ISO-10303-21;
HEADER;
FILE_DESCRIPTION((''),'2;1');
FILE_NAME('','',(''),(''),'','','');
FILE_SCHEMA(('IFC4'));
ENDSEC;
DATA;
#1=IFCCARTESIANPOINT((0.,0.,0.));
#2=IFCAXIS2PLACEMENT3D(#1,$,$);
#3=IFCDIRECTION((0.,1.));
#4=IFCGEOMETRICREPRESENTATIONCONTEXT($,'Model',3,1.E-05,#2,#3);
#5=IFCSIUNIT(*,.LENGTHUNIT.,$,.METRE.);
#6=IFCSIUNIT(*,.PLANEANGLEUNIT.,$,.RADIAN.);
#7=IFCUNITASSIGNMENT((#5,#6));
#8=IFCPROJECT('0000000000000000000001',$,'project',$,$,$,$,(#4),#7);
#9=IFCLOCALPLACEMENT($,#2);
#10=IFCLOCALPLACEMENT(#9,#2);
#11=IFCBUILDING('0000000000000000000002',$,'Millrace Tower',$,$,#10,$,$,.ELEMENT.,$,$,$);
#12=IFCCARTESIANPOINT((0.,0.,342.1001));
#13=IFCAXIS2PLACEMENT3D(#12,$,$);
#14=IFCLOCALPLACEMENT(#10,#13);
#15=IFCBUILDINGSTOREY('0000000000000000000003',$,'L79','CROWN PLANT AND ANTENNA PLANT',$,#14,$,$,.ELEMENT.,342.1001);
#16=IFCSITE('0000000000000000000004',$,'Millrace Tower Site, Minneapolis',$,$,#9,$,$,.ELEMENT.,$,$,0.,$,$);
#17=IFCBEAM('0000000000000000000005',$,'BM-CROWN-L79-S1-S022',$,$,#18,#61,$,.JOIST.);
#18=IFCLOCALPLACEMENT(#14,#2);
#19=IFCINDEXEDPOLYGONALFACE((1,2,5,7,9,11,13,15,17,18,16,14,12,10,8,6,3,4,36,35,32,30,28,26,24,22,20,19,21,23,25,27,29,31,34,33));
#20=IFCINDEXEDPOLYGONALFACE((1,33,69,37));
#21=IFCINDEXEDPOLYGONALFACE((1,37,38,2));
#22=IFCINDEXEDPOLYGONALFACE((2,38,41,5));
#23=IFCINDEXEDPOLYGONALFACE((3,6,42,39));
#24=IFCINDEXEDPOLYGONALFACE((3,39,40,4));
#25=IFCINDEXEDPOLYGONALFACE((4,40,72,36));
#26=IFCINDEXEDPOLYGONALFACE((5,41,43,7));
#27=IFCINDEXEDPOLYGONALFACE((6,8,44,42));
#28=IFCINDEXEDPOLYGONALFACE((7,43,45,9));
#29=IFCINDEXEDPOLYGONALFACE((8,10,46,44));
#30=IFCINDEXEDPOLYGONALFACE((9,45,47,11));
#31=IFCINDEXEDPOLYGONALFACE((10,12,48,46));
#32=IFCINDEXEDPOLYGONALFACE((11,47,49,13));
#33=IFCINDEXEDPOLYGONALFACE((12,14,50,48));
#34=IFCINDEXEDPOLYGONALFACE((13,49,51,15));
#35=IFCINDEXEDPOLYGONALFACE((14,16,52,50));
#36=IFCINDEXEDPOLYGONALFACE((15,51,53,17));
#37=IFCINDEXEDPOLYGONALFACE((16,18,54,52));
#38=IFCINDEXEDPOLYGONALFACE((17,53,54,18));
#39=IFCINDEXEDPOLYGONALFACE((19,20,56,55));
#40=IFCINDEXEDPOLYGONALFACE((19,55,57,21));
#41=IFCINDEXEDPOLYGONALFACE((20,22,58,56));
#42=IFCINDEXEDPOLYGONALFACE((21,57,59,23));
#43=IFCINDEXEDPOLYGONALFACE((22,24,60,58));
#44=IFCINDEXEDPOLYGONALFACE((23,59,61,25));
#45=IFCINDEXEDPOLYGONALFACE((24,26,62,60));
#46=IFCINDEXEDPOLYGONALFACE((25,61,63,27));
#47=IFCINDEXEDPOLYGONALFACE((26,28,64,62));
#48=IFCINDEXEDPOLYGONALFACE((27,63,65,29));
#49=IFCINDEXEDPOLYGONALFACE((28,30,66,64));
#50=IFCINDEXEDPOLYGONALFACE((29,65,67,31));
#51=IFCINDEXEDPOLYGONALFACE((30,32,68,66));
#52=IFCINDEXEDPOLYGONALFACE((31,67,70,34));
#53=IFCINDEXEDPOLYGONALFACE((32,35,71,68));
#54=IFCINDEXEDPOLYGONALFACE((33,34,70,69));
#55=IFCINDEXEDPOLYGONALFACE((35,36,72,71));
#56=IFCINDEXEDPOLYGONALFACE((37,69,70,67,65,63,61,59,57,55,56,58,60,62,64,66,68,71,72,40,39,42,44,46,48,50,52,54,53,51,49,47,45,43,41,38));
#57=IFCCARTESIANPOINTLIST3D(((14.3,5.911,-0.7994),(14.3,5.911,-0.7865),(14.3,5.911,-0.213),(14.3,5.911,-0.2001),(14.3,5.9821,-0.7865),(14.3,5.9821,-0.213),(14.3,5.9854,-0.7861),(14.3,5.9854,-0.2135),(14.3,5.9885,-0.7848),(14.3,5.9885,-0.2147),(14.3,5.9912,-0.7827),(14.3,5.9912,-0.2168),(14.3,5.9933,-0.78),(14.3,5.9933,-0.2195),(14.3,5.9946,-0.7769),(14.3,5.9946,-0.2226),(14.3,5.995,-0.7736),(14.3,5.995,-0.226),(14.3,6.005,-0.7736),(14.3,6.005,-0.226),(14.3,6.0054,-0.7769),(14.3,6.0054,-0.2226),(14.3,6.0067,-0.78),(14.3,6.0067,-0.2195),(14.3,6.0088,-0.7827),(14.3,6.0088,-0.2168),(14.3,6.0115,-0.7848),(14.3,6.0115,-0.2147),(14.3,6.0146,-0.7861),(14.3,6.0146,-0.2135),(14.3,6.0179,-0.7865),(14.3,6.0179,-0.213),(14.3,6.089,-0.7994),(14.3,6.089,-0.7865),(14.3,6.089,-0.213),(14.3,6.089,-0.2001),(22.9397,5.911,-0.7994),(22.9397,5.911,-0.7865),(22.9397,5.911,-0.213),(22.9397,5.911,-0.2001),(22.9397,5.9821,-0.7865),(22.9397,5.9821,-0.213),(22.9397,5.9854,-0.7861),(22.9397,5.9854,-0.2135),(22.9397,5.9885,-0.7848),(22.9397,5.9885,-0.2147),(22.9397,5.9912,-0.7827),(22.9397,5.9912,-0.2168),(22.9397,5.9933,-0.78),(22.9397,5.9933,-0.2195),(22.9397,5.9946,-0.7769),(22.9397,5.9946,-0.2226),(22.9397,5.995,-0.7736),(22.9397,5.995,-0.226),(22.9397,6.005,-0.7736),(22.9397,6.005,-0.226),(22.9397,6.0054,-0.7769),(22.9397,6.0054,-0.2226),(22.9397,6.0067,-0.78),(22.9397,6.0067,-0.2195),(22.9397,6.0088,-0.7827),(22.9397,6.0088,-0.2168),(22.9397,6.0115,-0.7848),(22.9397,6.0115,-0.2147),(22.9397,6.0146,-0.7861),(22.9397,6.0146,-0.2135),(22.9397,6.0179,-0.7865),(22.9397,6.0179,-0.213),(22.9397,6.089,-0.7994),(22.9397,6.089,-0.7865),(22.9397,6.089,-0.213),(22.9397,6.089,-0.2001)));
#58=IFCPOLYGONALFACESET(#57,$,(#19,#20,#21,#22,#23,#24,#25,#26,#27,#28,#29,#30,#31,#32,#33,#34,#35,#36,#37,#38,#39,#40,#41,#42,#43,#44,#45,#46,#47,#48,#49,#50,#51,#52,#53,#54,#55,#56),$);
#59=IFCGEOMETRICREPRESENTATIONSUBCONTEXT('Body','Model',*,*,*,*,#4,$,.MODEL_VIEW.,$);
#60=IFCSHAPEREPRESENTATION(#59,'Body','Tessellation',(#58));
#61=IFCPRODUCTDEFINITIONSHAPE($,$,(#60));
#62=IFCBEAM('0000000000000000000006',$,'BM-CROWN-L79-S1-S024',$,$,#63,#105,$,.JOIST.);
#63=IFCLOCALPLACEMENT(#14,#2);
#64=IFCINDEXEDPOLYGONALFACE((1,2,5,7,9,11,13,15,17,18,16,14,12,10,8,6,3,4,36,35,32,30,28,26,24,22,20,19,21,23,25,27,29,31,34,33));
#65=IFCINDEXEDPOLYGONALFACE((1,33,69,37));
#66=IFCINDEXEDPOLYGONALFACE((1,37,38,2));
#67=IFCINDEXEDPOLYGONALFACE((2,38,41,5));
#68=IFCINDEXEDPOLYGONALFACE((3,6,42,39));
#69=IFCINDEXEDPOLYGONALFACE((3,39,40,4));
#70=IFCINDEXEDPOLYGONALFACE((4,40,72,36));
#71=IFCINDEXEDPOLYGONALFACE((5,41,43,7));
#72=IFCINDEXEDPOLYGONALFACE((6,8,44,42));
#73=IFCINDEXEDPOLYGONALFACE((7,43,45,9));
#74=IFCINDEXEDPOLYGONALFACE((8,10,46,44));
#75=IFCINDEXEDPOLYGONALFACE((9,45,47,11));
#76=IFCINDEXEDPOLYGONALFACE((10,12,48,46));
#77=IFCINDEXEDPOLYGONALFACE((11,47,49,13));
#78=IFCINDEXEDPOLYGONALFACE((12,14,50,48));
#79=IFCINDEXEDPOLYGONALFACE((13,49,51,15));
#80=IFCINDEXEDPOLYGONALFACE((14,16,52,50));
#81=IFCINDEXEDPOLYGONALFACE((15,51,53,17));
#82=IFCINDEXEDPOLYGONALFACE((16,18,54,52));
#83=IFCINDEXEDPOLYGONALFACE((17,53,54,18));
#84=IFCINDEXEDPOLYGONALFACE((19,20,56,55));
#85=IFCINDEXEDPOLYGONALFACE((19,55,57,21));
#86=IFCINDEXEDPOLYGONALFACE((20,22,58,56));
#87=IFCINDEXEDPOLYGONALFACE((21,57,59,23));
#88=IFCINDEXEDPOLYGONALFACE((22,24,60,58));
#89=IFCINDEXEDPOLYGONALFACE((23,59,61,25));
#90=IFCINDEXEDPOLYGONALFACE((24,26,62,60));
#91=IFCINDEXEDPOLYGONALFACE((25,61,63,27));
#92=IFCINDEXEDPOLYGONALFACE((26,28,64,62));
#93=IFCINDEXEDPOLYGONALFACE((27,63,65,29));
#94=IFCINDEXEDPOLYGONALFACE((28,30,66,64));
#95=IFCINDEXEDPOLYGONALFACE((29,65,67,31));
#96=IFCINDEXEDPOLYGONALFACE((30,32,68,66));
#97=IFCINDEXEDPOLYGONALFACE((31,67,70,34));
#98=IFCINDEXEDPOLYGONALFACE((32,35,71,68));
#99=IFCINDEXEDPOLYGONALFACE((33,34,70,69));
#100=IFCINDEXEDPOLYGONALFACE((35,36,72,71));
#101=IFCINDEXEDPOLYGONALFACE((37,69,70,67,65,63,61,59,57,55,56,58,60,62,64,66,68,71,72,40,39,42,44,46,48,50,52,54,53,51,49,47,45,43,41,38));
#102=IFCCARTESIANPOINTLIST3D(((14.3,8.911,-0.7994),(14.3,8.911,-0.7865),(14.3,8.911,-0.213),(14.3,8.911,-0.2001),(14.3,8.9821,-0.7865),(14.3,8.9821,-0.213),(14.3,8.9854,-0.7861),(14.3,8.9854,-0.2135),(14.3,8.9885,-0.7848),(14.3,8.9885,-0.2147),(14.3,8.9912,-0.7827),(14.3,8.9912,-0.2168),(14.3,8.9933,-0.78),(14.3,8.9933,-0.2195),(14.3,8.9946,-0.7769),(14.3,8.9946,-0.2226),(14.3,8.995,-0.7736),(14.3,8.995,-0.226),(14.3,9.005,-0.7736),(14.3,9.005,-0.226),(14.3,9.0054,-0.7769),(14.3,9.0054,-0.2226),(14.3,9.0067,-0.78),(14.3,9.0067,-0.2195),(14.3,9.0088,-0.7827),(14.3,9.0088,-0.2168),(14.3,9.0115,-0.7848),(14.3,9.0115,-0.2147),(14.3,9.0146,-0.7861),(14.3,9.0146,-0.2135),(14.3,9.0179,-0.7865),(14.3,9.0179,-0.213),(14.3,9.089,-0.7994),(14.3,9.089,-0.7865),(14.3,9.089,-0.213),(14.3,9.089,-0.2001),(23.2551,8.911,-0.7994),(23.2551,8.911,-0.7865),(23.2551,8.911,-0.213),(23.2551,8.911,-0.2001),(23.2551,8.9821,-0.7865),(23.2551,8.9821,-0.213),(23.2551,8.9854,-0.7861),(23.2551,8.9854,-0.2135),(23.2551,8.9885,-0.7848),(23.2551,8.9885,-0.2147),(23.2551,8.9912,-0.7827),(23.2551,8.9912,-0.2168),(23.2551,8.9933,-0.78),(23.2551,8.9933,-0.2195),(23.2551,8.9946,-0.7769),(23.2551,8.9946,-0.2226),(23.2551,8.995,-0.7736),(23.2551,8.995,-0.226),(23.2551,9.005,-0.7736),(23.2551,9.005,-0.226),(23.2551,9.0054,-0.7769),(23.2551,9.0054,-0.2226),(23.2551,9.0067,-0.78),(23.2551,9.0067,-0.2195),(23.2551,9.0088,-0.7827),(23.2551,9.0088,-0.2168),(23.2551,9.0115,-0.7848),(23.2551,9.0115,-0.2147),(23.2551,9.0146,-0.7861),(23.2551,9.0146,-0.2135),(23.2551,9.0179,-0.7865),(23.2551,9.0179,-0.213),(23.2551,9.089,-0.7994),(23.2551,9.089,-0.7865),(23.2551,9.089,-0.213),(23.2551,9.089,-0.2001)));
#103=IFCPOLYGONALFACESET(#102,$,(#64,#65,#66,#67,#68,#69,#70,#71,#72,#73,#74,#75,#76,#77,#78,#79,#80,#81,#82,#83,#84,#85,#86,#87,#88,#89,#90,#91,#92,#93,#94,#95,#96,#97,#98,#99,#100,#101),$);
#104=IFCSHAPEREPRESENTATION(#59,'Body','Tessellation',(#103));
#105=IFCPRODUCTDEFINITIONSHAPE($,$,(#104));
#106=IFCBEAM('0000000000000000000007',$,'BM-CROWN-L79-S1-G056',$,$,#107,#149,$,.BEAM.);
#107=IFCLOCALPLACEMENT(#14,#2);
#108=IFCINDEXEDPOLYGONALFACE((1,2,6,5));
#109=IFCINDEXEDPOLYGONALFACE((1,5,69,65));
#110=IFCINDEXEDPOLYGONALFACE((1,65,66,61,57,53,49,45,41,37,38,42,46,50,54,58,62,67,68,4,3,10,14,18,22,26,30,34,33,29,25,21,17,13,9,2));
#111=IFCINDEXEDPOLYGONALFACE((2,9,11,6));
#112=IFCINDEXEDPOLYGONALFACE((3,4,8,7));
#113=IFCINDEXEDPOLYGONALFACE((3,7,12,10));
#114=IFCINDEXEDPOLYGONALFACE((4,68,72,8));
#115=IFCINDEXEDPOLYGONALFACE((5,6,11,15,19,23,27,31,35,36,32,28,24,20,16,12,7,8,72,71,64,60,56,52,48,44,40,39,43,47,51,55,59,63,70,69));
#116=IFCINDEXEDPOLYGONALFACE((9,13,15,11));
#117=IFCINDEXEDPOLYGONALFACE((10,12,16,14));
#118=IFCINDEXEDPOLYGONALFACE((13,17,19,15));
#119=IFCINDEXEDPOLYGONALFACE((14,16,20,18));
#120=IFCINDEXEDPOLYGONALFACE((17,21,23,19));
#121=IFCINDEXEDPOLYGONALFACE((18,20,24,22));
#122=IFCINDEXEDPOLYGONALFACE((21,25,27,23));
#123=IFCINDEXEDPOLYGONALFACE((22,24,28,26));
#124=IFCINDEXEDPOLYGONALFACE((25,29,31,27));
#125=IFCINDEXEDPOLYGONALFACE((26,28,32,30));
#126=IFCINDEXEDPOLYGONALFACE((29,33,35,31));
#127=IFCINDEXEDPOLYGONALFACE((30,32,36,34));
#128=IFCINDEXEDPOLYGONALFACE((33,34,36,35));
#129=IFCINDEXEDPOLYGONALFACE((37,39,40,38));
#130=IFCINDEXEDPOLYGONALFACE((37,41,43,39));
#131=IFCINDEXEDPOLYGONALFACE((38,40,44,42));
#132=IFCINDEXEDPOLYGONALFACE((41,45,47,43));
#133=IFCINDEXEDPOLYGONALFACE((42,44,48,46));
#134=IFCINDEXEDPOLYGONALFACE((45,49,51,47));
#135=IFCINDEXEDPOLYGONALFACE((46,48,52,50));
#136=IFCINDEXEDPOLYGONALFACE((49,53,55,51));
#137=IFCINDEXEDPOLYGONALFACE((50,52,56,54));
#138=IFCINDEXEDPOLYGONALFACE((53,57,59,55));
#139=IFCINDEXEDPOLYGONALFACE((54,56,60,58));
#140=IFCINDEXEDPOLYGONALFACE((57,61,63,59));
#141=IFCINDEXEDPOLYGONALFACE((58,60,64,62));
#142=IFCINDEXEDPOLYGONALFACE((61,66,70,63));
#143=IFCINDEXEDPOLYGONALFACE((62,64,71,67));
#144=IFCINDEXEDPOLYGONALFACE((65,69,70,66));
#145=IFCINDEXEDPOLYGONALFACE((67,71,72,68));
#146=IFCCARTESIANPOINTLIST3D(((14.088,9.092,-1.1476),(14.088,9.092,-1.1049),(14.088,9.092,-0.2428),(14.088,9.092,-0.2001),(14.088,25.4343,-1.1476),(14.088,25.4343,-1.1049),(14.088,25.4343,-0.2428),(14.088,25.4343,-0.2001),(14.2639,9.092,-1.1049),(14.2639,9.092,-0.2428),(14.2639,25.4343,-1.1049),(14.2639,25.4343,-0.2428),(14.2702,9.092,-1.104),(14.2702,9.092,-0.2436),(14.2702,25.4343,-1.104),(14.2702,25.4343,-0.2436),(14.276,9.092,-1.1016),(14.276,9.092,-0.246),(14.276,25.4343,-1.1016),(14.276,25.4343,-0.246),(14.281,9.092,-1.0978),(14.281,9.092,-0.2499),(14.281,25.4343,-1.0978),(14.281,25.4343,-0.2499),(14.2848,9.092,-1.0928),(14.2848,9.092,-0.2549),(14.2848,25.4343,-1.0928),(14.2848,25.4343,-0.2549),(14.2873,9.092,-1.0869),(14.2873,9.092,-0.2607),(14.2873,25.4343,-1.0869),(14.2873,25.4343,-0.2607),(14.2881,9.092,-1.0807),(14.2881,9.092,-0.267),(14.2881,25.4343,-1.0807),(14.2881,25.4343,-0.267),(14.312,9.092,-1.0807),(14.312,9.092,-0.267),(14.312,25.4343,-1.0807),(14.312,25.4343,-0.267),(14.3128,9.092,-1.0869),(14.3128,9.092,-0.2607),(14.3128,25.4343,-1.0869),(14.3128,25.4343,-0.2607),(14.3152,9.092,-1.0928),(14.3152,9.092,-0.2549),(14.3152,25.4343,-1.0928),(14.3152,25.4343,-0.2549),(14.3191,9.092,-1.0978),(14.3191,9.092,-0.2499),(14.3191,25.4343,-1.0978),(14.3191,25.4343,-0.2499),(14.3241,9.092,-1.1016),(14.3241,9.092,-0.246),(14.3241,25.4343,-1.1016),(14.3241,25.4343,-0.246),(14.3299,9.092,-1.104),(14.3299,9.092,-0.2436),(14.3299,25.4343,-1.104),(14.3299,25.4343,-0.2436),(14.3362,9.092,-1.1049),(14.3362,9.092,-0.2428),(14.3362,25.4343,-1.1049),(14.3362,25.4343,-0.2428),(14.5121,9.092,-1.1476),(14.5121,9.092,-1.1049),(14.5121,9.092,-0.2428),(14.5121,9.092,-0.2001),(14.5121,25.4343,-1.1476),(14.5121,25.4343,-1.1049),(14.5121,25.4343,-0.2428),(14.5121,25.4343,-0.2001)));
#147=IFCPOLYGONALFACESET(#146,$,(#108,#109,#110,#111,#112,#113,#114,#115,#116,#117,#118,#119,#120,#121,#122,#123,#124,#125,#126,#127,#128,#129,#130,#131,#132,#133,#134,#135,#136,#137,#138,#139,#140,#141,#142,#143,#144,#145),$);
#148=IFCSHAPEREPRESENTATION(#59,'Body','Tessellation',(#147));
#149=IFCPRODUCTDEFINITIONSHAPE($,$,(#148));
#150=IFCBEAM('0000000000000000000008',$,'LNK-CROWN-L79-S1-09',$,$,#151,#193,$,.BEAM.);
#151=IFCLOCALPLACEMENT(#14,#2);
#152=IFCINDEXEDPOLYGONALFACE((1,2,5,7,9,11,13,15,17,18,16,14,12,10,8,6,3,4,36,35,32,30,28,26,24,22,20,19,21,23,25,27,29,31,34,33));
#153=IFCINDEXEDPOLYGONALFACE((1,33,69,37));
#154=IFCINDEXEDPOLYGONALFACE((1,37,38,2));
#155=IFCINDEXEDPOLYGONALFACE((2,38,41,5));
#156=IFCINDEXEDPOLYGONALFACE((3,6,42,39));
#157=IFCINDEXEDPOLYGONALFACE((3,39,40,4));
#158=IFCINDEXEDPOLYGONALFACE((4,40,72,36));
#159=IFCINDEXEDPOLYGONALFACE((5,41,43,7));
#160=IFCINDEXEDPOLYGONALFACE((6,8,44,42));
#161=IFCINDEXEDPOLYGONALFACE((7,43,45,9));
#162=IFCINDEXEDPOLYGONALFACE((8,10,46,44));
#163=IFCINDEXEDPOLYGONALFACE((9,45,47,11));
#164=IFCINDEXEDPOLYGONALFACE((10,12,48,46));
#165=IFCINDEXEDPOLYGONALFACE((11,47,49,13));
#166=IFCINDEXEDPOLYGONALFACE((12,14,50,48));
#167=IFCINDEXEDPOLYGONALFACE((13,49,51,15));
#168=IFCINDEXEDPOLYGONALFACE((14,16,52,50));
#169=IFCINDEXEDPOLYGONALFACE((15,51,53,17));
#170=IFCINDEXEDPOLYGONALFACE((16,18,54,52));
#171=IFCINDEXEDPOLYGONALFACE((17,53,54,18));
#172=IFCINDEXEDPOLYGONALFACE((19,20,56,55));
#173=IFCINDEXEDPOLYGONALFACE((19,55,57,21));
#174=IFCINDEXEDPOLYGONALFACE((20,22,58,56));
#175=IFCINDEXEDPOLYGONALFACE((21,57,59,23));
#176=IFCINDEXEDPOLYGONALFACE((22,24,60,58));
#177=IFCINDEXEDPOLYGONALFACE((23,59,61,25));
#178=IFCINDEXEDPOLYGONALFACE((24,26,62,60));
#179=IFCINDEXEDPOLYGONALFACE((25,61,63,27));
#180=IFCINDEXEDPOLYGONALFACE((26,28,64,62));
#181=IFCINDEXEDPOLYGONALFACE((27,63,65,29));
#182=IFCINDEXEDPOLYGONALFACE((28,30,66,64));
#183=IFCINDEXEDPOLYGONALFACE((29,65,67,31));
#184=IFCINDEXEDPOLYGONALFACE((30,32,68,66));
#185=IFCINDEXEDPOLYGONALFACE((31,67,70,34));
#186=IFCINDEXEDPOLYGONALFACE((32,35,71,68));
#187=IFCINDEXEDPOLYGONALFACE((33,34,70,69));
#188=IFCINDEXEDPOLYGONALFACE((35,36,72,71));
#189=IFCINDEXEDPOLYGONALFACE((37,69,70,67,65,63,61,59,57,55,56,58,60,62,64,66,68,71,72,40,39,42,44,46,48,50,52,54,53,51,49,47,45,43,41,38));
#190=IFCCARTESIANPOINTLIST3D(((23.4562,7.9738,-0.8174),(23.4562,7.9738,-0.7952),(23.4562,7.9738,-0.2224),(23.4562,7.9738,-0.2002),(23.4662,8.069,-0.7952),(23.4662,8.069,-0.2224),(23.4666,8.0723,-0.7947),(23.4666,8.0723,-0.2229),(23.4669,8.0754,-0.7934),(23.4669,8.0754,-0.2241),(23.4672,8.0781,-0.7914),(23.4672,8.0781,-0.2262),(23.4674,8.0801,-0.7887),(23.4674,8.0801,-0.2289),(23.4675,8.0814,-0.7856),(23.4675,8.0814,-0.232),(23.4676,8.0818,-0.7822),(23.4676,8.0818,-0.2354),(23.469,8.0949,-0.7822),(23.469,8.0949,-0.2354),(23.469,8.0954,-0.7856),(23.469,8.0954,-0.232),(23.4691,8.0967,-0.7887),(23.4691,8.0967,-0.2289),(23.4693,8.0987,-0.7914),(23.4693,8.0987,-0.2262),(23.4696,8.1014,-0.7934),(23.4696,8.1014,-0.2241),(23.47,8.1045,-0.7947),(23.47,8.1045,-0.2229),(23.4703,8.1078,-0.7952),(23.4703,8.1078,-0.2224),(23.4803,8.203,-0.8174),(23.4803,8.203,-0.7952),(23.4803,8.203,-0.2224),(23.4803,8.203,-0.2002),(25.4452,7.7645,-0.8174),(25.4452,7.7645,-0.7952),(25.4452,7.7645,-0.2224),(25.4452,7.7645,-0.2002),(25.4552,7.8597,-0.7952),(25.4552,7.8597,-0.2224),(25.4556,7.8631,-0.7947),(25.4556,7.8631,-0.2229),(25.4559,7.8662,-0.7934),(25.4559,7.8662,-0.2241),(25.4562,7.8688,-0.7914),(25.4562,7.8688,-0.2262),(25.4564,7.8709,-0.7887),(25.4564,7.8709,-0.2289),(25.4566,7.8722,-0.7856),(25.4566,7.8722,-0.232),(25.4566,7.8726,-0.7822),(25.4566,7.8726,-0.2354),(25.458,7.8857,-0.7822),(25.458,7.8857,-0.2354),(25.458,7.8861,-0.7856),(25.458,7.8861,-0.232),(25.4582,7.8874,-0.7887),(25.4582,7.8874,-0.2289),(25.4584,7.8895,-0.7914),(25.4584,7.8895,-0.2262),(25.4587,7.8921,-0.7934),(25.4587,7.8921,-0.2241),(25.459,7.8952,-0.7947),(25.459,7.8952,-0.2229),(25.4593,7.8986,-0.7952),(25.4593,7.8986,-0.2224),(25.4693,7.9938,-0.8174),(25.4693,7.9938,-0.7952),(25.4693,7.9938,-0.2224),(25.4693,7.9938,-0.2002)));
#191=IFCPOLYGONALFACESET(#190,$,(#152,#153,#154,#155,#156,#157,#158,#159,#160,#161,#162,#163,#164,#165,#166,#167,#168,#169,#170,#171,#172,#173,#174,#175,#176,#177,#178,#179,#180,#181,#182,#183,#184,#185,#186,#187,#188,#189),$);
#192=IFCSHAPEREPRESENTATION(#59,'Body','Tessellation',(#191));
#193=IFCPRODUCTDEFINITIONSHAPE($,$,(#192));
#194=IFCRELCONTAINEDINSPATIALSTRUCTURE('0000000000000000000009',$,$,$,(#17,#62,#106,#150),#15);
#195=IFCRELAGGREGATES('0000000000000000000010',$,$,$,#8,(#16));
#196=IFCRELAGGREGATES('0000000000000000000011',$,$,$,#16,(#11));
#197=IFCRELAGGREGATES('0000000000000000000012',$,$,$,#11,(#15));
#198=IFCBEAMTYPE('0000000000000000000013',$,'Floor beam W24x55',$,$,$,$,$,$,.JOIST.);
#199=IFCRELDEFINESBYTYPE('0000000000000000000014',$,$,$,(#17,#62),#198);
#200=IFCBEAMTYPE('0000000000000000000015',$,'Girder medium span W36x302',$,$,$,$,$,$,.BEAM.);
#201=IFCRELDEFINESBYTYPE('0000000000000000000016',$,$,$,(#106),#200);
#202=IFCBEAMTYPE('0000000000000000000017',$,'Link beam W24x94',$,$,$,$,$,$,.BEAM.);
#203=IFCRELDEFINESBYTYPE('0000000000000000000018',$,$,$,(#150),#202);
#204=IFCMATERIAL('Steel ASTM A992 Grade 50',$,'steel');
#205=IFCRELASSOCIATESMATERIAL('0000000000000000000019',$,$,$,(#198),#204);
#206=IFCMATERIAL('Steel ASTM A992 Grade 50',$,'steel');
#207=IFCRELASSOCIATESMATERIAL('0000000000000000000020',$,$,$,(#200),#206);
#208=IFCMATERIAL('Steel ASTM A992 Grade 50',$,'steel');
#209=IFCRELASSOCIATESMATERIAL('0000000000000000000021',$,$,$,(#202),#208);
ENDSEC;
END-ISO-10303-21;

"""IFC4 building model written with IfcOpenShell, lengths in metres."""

from ifc_helpers import new_model, si_unit, direction, frame, origin, origin_2d, place, context, subcontext, project, spatial, i_section, extrude, material, material_profile, profile_set, type_object, element, save


model = new_model("IFC4")

# Units and contexts
model_context = context("Model", 3, precision=1e-05, world=origin(), true_north=direction((0.0, 1.0)))
body_context = subcontext(model_context, "Body", "Model", "MODEL_VIEW")
ifc_project = project(units=[si_unit("LENGTHUNIT", "METRE"), si_unit("PLANEANGLEUNIT", "RADIAN")], contexts=[model_context])

# Site, building, storey
site_placement = place(None, origin())
site = spatial("IfcSite", under=ifc_project, at=site_placement, Name="Millrace Tower Site, Minneapolis", CompositionType="ELEMENT", RefElevation=0.0)
building_placement = place(site_placement, origin())
building = spatial("IfcBuilding", under=site, at=building_placement, Name="Millrace Tower", CompositionType="ELEMENT")
storey_placement = place(building_placement, frame((0.0, 0.0, 342.1001)))
storey = spatial("IfcBuildingStorey", under=building, at=storey_placement, Name="L79", Description="CROWN PLANT AND ANTENNA PLANT", CompositionType="ELEMENT", Elevation=342.1001)

# Beams
ifc_material_1 = material(Name="Steel ASTM A992 Grade 50", Category="steel")
ifc_material_profile_1 = material_profile(ifc_material_1, i_section(OverallWidth=0.178, OverallDepth=0.5994, WebThickness=0.01, FlangeThickness=0.0129, FilletRadius=0.0129, at=origin_2d()))
ifc_profile_set_1 = profile_set([ifc_material_profile_1], Name="Steel ASTM A992 Grade 50")
beam_type_1 = type_object("IfcBeamType", Name="Floor beam W24x55", PredefinedType="JOIST", material=ifc_profile_set_1)
beam_1_placement = place(storey_placement, frame((14.3, 6.0, -0.4998), z_axis=(1.0, 0.0, 0.0), x_axis=(0.0, 1.0, 0.0)))
element("IfcBeam", 1, at=beam_1_placement, inside=storey, type_object=beam_type_1, Name="BM-CROWN-L79-S1-S022", PredefinedType="JOIST", context=body_context, shape_type="SweptSolid", body=[
    extrude(i_section(OverallWidth=0.178, OverallDepth=0.5994, WebThickness=0.01, FlangeThickness=0.0129, FilletRadius=0.0129, at=origin_2d()), origin(), (0.0, 0.0, 1.0), 8.6396),
])
beam_2_placement = place(storey_placement, frame((14.3, 9.0, -0.4998), z_axis=(1.0, 0.0, 0.0), x_axis=(0.0, 1.0, 0.0)))
element("IfcBeam", 2, at=beam_2_placement, inside=storey, type_object=beam_type_1, Name="BM-CROWN-L79-S1-S024", PredefinedType="JOIST", context=body_context, shape_type="SweptSolid", body=[
    extrude(i_section(OverallWidth=0.178, OverallDepth=0.5994, WebThickness=0.01, FlangeThickness=0.0129, FilletRadius=0.0129, at=origin_2d()), origin(), (0.0, 0.0, 1.0), 8.9551),
])
ifc_material_2 = material(Name="Steel ASTM A992 Grade 50", Category="steel")
ifc_material_profile_2 = material_profile(ifc_material_2, i_section(OverallWidth=0.4241, OverallDepth=0.9475, WebThickness=0.0239, FlangeThickness=0.0427, FilletRadius=0.0242, at=origin_2d()))
ifc_profile_set_2 = profile_set([ifc_material_profile_2], Name="Steel ASTM A992 Grade 50")
beam_type_2 = type_object("IfcBeamType", Name="Girder medium span W36x302", PredefinedType="BEAM", material=ifc_profile_set_2)
beam_3_placement = place(storey_placement, frame((14.3, 9.092, -0.6738), z_axis=(0.0, 1.0, 0.0), x_axis=(-1.0, 0.0, 0.0)))
element("IfcBeam", 3, at=beam_3_placement, inside=storey, type_object=beam_type_2, Name="BM-CROWN-L79-S1-G056", PredefinedType="BEAM", context=body_context, shape_type="SweptSolid", body=[
    extrude(i_section(OverallWidth=0.4241, OverallDepth=0.9475, WebThickness=0.0239, FlangeThickness=0.0427, FilletRadius=0.0242, at=origin_2d()), origin(), (0.0, 0.0, 1.0), 16.3423),
])
ifc_material_3 = material(Name="Steel ASTM A992 Grade 50", Category="steel")
ifc_material_profile_3 = material_profile(ifc_material_3, i_section(OverallWidth=0.2305, OverallDepth=0.6172, WebThickness=0.0132, FlangeThickness=0.0222, FilletRadius=0.0129, at=origin_2d()))
ifc_profile_set_3 = profile_set([ifc_material_profile_3], Name="Steel ASTM A992 Grade 50")
beam_type_3 = type_object("IfcBeamType", Name="Link beam W24x94", PredefinedType="BEAM", material=ifc_profile_set_3)
beam_4_placement = place(storey_placement, frame((23.4683, 8.0884, -0.5088), z_axis=(0.994513, -0.104615, 0.0), x_axis=(0.104615, 0.994513, 0.0)))
element("IfcBeam", 4, at=beam_4_placement, inside=storey, type_object=beam_type_3, Name="LNK-CROWN-L79-S1-09", PredefinedType="BEAM", context=body_context, shape_type="SweptSolid", body=[
    extrude(i_section(OverallWidth=0.2305, OverallDepth=0.6172, WebThickness=0.0132, FlangeThickness=0.0222, FilletRadius=0.0129, at=origin_2d()), origin(), (0.0, 0.0, 1.0), 2.0),
])

save(model, "model.ifc")
